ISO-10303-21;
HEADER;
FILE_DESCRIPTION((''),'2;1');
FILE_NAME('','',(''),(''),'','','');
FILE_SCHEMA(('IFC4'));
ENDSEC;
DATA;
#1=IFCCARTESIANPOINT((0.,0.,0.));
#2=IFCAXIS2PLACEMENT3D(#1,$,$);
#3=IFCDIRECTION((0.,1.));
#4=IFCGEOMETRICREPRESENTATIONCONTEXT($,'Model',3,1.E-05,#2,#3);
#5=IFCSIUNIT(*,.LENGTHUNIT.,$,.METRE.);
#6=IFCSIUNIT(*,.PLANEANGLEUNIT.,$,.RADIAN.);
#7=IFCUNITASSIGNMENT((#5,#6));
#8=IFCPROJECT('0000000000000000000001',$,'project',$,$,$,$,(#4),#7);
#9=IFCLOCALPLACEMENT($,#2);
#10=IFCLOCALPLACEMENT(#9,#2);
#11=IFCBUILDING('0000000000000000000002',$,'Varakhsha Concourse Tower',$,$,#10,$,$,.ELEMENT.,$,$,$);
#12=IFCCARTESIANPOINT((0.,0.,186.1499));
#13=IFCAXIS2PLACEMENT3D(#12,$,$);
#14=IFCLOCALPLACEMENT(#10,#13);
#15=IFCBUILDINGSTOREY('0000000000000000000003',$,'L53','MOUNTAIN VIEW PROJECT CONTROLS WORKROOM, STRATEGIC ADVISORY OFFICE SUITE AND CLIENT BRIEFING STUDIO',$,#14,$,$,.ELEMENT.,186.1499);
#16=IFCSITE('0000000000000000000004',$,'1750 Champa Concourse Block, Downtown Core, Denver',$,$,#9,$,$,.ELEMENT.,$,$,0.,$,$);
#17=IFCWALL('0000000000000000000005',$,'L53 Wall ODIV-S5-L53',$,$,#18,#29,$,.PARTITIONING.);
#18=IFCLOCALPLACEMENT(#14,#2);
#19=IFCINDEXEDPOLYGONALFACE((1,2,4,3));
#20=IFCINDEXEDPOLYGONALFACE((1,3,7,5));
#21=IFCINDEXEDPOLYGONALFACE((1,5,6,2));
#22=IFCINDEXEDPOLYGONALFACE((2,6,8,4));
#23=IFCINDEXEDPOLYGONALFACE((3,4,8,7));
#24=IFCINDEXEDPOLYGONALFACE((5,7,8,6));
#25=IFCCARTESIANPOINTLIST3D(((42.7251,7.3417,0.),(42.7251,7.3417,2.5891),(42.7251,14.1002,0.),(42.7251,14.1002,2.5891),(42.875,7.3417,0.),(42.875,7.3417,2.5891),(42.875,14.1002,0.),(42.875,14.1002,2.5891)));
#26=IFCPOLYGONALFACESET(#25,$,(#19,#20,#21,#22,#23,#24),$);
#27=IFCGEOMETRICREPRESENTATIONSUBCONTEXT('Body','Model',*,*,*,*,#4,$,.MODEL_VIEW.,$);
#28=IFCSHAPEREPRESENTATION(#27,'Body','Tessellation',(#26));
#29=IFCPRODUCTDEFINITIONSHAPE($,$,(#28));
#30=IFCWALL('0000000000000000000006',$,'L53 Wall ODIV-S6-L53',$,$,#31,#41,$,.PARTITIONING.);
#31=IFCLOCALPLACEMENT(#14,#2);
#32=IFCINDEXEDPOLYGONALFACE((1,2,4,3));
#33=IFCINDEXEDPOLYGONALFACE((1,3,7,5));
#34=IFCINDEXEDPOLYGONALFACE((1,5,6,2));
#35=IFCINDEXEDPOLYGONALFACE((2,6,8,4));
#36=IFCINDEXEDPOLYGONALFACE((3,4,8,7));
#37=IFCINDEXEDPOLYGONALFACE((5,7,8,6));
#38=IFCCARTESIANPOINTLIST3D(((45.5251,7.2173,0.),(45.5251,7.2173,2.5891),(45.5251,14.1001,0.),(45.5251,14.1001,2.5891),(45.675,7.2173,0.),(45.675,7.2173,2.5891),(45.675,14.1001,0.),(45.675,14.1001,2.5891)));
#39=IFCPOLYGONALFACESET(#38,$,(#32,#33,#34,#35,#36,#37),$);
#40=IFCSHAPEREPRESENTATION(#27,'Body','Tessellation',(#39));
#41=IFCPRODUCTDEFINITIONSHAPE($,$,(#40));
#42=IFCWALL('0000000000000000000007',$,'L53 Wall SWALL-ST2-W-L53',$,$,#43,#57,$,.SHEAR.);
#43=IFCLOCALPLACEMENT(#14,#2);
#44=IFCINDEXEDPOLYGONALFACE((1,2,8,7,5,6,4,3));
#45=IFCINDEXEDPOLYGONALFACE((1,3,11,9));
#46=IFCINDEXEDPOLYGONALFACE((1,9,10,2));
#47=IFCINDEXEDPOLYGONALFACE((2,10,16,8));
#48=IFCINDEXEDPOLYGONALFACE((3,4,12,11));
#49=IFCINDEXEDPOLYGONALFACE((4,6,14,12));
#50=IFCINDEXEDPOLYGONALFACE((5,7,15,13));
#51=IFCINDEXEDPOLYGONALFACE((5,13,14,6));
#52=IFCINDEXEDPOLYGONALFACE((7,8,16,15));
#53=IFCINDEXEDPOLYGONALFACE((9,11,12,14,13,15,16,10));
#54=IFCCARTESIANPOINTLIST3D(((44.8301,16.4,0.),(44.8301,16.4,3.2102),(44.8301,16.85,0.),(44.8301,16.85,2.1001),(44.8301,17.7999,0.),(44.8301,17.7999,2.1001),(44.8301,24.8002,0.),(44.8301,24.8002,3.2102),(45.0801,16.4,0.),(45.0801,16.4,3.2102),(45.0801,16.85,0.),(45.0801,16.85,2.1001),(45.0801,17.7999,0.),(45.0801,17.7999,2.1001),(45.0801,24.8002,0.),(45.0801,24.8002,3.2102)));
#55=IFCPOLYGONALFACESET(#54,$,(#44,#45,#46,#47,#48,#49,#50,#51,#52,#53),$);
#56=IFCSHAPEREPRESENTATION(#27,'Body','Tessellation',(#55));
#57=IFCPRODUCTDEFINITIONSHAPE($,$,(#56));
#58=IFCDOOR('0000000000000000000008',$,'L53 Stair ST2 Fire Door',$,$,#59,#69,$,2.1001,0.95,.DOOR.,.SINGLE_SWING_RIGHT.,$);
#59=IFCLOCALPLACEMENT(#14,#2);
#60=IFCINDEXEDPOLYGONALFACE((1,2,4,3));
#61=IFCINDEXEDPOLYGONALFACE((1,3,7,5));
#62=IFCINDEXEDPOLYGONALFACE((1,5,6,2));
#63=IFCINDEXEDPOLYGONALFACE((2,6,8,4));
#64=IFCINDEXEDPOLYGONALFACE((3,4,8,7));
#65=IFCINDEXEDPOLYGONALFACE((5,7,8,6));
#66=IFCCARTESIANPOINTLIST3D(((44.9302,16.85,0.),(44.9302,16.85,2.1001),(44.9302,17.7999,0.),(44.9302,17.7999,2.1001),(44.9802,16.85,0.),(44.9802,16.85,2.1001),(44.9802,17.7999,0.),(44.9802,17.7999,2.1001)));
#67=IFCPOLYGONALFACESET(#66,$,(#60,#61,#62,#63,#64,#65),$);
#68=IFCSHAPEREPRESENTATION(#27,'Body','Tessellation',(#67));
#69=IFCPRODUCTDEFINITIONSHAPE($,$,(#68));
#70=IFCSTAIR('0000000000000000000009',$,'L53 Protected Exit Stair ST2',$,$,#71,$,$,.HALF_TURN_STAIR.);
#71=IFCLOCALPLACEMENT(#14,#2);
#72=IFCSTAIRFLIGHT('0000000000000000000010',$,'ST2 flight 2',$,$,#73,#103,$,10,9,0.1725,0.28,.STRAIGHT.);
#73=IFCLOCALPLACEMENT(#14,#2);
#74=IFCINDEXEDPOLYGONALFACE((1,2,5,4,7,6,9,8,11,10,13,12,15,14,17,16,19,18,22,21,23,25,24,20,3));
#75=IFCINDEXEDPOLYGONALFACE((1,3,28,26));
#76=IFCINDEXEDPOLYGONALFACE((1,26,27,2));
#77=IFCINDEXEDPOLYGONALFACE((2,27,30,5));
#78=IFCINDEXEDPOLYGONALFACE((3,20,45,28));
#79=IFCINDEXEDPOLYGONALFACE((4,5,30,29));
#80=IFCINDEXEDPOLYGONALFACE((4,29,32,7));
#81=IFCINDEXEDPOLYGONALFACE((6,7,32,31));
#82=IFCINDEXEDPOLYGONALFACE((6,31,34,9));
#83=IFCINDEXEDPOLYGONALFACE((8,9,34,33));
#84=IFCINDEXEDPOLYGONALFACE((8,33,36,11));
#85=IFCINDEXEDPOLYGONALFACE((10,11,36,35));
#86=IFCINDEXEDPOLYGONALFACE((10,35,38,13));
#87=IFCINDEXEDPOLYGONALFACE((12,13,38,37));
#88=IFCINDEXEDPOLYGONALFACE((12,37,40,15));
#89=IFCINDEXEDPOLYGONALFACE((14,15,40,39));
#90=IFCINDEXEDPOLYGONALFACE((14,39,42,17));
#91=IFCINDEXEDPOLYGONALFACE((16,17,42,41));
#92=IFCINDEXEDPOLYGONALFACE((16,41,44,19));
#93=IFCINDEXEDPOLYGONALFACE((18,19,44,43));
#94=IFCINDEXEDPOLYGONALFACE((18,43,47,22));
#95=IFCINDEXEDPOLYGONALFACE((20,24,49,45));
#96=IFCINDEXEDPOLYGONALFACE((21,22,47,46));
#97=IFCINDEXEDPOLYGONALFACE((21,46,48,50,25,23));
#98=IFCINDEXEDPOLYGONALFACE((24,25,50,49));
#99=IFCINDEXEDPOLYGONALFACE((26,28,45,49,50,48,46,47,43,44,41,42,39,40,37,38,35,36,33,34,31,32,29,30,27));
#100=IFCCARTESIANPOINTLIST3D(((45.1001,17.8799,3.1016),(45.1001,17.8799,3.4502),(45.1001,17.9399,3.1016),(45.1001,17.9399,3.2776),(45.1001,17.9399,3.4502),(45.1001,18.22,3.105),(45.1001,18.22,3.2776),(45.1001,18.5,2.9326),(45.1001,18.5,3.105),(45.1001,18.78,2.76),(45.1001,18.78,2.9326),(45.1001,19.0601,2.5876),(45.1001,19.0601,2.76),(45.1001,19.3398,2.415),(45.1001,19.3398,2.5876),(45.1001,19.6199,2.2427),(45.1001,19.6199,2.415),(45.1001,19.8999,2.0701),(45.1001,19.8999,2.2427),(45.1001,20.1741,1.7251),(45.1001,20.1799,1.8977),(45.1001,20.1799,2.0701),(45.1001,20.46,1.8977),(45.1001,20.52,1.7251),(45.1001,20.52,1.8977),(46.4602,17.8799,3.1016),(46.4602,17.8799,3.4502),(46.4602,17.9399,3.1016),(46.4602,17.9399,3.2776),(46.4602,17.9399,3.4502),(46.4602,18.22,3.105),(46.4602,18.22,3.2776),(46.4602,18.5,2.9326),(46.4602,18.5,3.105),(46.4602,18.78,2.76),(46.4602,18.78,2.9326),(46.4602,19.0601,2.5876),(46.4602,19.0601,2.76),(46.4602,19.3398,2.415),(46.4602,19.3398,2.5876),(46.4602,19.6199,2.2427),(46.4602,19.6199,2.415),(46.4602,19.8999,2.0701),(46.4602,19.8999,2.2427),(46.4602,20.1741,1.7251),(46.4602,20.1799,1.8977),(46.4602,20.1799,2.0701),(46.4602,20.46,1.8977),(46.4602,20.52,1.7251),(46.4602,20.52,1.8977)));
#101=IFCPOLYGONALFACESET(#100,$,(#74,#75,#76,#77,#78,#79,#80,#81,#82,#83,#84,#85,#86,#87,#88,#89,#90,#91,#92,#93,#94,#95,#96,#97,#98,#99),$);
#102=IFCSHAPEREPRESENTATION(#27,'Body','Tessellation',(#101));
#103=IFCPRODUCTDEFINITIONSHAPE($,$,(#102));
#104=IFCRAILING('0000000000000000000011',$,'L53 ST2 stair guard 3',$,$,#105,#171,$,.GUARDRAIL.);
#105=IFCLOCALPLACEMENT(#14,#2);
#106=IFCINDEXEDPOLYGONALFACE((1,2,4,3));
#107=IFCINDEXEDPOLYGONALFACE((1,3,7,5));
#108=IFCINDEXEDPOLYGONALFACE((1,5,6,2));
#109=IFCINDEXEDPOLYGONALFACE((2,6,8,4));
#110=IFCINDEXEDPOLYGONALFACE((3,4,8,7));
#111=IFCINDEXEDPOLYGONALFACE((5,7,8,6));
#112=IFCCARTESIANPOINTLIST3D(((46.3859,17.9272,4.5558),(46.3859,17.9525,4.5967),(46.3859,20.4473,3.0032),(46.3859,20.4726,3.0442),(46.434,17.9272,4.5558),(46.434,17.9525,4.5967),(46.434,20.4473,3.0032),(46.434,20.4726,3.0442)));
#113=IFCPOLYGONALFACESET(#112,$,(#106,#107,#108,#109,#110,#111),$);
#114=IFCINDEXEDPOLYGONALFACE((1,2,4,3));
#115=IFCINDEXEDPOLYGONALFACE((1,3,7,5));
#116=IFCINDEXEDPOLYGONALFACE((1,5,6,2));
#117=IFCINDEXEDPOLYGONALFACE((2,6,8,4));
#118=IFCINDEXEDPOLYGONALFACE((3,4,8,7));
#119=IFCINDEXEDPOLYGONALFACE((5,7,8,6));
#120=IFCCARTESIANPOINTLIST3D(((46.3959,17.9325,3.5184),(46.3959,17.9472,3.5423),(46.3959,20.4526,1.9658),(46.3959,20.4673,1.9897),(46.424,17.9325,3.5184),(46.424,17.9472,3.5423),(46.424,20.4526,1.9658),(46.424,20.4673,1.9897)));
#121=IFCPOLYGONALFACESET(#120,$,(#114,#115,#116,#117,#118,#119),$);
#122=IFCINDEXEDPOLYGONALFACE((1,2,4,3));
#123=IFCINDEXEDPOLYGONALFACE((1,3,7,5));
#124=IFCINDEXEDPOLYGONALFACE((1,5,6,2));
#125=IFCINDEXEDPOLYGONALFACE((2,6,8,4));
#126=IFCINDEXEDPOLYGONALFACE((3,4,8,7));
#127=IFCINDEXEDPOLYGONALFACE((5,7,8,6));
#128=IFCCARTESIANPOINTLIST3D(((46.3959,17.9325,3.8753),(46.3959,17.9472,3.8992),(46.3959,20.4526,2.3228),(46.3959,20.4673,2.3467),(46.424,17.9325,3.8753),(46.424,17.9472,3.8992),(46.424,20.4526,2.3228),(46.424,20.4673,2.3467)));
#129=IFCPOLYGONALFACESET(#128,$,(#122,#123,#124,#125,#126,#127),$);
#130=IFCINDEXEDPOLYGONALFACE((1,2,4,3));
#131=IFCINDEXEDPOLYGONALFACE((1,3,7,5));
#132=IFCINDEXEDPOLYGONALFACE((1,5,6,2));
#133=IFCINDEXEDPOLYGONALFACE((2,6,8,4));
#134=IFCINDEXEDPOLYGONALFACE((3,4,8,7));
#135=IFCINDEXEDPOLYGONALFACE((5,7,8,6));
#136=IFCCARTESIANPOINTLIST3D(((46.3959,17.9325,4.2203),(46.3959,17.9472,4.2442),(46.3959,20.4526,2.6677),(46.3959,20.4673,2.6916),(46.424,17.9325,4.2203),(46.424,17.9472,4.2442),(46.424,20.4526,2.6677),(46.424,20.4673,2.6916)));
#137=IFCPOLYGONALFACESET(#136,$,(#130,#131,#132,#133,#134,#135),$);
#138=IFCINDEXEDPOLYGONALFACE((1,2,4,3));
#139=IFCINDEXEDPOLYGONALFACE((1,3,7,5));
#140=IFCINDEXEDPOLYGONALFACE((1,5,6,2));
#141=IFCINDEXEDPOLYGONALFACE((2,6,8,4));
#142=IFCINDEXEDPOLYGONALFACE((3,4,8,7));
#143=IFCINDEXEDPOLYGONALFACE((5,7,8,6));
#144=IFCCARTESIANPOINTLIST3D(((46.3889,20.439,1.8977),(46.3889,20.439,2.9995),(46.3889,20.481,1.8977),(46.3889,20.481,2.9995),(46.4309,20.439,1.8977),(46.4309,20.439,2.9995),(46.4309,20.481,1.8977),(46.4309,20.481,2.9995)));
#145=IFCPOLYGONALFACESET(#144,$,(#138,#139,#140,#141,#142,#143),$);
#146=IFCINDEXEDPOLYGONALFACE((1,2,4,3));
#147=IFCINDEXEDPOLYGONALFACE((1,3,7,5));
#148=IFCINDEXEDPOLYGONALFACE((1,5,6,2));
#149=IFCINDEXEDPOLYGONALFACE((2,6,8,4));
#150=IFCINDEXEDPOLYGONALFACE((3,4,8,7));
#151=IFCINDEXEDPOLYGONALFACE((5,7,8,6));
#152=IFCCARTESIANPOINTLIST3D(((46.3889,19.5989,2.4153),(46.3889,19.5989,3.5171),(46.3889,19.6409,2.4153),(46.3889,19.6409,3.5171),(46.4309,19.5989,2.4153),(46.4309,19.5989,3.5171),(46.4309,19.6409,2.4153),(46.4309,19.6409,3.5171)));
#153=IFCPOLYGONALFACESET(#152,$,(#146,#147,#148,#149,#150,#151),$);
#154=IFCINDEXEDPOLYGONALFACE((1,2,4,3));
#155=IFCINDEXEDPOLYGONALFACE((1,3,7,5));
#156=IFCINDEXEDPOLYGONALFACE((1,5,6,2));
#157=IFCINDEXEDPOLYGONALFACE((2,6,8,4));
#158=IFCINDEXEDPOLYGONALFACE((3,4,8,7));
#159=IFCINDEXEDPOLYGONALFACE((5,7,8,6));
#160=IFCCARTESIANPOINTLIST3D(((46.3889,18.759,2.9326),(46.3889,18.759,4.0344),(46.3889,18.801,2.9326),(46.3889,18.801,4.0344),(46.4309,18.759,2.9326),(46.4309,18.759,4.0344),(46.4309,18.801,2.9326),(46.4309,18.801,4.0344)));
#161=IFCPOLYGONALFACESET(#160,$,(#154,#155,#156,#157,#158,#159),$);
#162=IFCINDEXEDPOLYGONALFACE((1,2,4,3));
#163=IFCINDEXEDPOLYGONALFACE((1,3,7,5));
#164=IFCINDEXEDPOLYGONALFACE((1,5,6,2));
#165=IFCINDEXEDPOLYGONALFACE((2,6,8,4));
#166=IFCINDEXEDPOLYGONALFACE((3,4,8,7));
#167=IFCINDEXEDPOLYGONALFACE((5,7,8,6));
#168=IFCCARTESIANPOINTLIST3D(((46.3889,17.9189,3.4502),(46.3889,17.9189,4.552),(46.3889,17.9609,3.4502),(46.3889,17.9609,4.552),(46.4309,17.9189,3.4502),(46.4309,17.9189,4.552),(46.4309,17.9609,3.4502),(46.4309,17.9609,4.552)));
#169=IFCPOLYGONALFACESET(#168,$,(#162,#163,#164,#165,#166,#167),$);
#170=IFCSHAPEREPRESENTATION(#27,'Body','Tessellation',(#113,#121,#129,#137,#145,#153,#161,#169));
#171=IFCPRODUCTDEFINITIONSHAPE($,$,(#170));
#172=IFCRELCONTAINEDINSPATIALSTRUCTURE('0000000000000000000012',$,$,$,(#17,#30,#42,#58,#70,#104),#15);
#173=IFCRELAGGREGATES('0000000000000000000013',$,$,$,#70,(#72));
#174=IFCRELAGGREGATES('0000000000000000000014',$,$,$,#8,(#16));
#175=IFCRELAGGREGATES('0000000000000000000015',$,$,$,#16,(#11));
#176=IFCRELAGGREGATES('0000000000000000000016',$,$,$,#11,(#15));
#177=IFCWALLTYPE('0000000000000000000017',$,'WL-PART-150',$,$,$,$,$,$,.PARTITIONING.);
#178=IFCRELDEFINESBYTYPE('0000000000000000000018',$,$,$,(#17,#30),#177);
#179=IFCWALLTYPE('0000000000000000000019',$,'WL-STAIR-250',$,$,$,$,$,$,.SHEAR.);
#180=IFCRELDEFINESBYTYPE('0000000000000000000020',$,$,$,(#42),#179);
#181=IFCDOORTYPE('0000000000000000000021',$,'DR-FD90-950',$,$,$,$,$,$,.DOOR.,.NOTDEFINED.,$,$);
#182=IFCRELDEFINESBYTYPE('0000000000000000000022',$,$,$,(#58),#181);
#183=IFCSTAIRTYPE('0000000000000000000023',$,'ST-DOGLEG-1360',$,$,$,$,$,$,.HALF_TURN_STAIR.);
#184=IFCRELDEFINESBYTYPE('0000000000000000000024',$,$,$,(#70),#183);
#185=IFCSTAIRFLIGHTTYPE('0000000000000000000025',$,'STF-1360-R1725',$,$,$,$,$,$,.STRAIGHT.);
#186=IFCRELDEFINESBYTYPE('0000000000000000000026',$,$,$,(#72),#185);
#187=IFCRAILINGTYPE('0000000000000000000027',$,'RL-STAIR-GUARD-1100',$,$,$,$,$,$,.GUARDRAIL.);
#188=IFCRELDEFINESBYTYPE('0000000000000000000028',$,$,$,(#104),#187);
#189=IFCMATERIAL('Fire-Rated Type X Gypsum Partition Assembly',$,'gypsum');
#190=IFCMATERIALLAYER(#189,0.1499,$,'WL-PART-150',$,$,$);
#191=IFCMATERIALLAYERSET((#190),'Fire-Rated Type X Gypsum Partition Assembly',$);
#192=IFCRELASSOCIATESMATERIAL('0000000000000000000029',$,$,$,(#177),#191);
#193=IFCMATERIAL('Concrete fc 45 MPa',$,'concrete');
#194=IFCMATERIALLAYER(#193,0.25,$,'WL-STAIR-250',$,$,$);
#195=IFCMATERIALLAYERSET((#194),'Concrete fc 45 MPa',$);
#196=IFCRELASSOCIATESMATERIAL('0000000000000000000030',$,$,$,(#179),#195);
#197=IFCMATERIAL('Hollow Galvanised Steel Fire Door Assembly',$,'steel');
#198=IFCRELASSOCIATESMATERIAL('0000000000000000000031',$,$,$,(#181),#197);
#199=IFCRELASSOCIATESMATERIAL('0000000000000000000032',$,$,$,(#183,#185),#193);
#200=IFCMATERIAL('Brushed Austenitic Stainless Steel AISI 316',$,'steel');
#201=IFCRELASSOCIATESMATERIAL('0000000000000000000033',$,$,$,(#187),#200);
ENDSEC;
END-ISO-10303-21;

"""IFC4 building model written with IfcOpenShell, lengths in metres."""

from ifc_helpers import new_model, si_unit, direction, frame, frame_2d, origin, origin_2d, place, context, subcontext, project, spatial, polyline, rectangle, outline, extrude, material, layer, layer_set, type_object, element, fill, aggregate, save


model = new_model("IFC4")

# Units and contexts
model_context = context("Model", 3, precision=1e-05, world=origin(), true_north=direction((0.0, 1.0)))
body_context = subcontext(model_context, "Body", "Model", "MODEL_VIEW")
ifc_project = project(units=[si_unit("LENGTHUNIT", "METRE"), si_unit("PLANEANGLEUNIT", "RADIAN")], contexts=[model_context])

# Site, building, storey
site_placement = place(None, origin())
site = spatial("IfcSite", under=ifc_project, at=site_placement, Name="1750 Champa Concourse Block, Downtown Core, Denver", CompositionType="ELEMENT", RefElevation=0.0)
building_placement = place(site_placement, origin())
building = spatial("IfcBuilding", under=site, at=building_placement, Name="Varakhsha Concourse Tower", CompositionType="ELEMENT")
storey_placement = place(building_placement, frame((0.0, 0.0, 186.1499)))
storey = spatial("IfcBuildingStorey", under=building, at=storey_placement, Name="L53", Description="MOUNTAIN VIEW PROJECT CONTROLS WORKROOM, STRATEGIC ADVISORY OFFICE SUITE AND CLIENT BRIEFING STUDIO", CompositionType="ELEMENT", Elevation=186.1499)

# Shared definitions
ifc_material_1 = material(Name="Fire-Rated Type X Gypsum Partition Assembly", Category="gypsum")
ifc_material_2 = material(Name="Hollow Galvanised Steel Fire Door Assembly", Category="steel")

# Walls
ifc_layer_1 = layer(ifc_material_1, 0.1499, Name="WL-PART-150")
ifc_layer_set_1 = layer_set([ifc_layer_1], Name="Fire-Rated Type X Gypsum Partition Assembly")
wall_type_1 = type_object("IfcWallType", Name="WL-PART-150", PredefinedType="PARTITIONING", material=ifc_layer_set_1)
wall_1_placement = place(storey_placement, frame((42.8, 7.3416, 0.0), z_axis=(0.0, 0.0, 1.0), x_axis=(0.0, 1.0, 0.0)))
element("IfcWall", 1, at=wall_1_placement, inside=storey, type_object=wall_type_1, Name="L53 Wall ODIV-S5-L53", PredefinedType="PARTITIONING", context=body_context, shape_type="SweptSolid", body=[
    extrude(rectangle(XDim=6.7585, YDim=0.1499, at=frame_2d((3.3794, 0.0))), origin(), (0.0, 0.0, 1.0), 2.5891),
])
wall_2_placement = place(storey_placement, frame((45.6001, 7.2173, 0.0), z_axis=(0.0, 0.0, 1.0), x_axis=(0.0, 1.0, 0.0)))
element("IfcWall", 2, at=wall_2_placement, inside=storey, type_object=wall_type_1, Name="L53 Wall ODIV-S6-L53", PredefinedType="PARTITIONING", context=body_context, shape_type="SweptSolid", body=[
    extrude(rectangle(XDim=6.8828, YDim=0.1499, at=frame_2d((3.4414, 0.0))), origin(), (0.0, 0.0, 1.0), 2.5891),
])

# Wall, opening, door
ifc_material_3 = material(Name="Concrete fc 45 MPa", Category="concrete")
ifc_layer_2 = layer(ifc_material_3, 0.25, Name="WL-STAIR-250")
ifc_layer_set_2 = layer_set([ifc_layer_2], Name="Concrete fc 45 MPa")
wall_type_2 = type_object("IfcWallType", Name="WL-STAIR-250", PredefinedType="SHEAR", material=ifc_layer_set_2)
wall_3_placement = place(storey_placement, frame((44.9551, 16.3999, 0.0), z_axis=(0.0, 0.0, 1.0), x_axis=(0.0, 1.0, 0.0)))
wall_3 = element("IfcWall", 3, at=wall_3_placement, inside=storey, type_object=wall_type_2, Name="L53 Wall SWALL-ST2-W-L53", PredefinedType="SHEAR", context=body_context, shape_type="SweptSolid", body=[
    extrude(rectangle(XDim=8.4001, YDim=0.25, at=frame_2d((4.2002, 0.0))), origin(), (0.0, 0.0, 1.0), 3.2102),
])
opening_1_placement = place(wall_3_placement, frame((0.45, 0.0, 0.0)))
opening_1 = element("IfcOpeningElement", 4, at=opening_1_placement, cuts=wall_3, PredefinedType="OPENING", context=body_context, shape_type="SweptSolid", body=[
    extrude(rectangle(XDim=0.95, YDim=2.1001, at=frame_2d((0.4751, 1.05))), frame((0.0, 0.135, 0.0), z_axis=(0.0, -1.0, 0.0), x_axis=(1.0, 0.0, 0.0)), (0.0, 0.0, 1.0), 0.27),
])
door_type_1 = type_object("IfcDoorType", Name="DR-FD90-950", OperationType="NOTDEFINED", PredefinedType="DOOR", material=ifc_material_2)
door_1_placement = place(opening_1_placement, origin())
door_1 = element("IfcDoor", 5, at=door_1_placement, inside=storey, type_object=door_type_1, Name="L53 Stair ST2 Fire Door", OperationType="SINGLE_SWING_RIGHT", OverallHeight=2.1001, OverallWidth=0.95, PredefinedType="DOOR", context=body_context, shape_type="SweptSolid", body=[
    extrude(rectangle(XDim=0.95, YDim=2.1001, at=frame_2d((0.4751, 1.05))), frame((0.0, 0.0249, 0.0), z_axis=(0.0, -1.0, 0.0), x_axis=(1.0, 0.0, 0.0)), (0.0, 0.0, 1.0), 0.05),
])
fill(opening_1, door_1)

# Stair, stair flight
stair_type = type_object("IfcStairType", Name="ST-DOGLEG-1360", PredefinedType="HALF_TURN_STAIR", material=ifc_material_3)
stair_placement = place(storey_placement, origin())
stair = element("IfcStair", 6, at=stair_placement, inside=storey, type_object=stair_type, Name="L53 Protected Exit Stair ST2", PredefinedType="HALF_TURN_STAIR")
stair_flight_type = type_object("IfcStairFlightType", Name="STF-1360-R1725", PredefinedType="STRAIGHT", material=ifc_material_3)
stair_flight_placement = place(storey_placement, frame((45.78, 20.46, 1.7251), z_axis=(0.0, 0.0, 1.0), x_axis=(0.0, -1.0, 0.0)))
stair_flight = element("IfcStairFlight", 7, at=stair_flight_placement, type_object=stair_flight_type, Name="ST2 flight 2", NumberOfRisers=10, NumberOfTreads=9, PredefinedType="STRAIGHT", RiserHeight=0.1725, TreadLength=0.28, context=body_context, shape_type="SweptSolid", body=[
    extrude(outline(polyline([(-0.0601, 0.0), (-0.0601, 0.1726), (0.0, 0.1726), (0.28, 0.1726), (0.28, 0.345), (0.5601, 0.345), (0.5601, 0.5176), (0.8401, 0.5176), (0.8401, 0.6899), (1.1201, 0.6899), (1.1201, 0.8625), (1.3999, 0.8625), (1.3999, 1.0349), (1.6799, 1.0349), (1.6799, 1.2075), (1.96, 1.2075), (1.96, 1.3799), (2.24, 1.3799), (2.24, 1.5525), (2.52, 1.5525), (2.52, 1.7251), (2.5801, 1.7251), (2.5801, 1.3765), (2.52, 1.3765), (0.2859, 0.0), (-0.0601, 0.0)])), frame((0.0, 0.6802, 0.0), z_axis=(0.0, -1.0, 0.0), x_axis=(1.0, 0.0, 0.0)), (0.0, 0.0, 1.0), 1.3601),
])
aggregate(stair, [stair_flight])

# Railing
ifc_material_4 = material(Name="Brushed Austenitic Stainless Steel AISI 316", Category="steel")
railing_type_1 = type_object("IfcRailingType", Name="RL-STAIR-GUARD-1100", PredefinedType="GUARDRAIL", material=ifc_material_4)
railing_1_placement = place(storey_placement, frame((46.4099, 20.46, 1.8977)))
element("IfcRailing", 8, at=railing_1_placement, inside=storey, type_object=railing_type_1, Name="L53 ST2 stair guard 3", PredefinedType="GUARDRAIL", context=body_context, shape_type="SweptSolid", body=[
    extrude(rectangle(XDim=0.0481, YDim=0.0481, at=origin_2d()), frame((0.0, 0.0, 1.126), z_axis=(0.0, -0.8514, 0.524516), x_axis=(1.0, 0.0, 0.0)), (0.0, 0.0, 1.0), 2.96),
    extrude(rectangle(XDim=0.0281, YDim=0.0281, at=origin_2d()), frame((0.0, 0.0, 0.0801), z_axis=(0.0, -0.8514, 0.524516), x_axis=(1.0, 0.0, 0.0)), (0.0, 0.0, 1.0), 2.96),
    extrude(rectangle(XDim=0.0281, YDim=0.0281, at=origin_2d()), frame((0.0, 0.0, 0.437), z_axis=(0.0, -0.8514, 0.524516), x_axis=(1.0, 0.0, 0.0)), (0.0, 0.0, 1.0), 2.96),
    extrude(rectangle(XDim=0.0281, YDim=0.0281, at=origin_2d()), frame((0.0, 0.0, 0.782), z_axis=(0.0, -0.8514, 0.524516), x_axis=(1.0, 0.0, 0.0)), (0.0, 0.0, 1.0), 2.96),
    extrude(rectangle(XDim=0.042, YDim=0.042, at=origin_2d()), origin(), (0.0, 0.0, 1.0), 1.1018),
    extrude(rectangle(XDim=0.042, YDim=0.042, at=origin_2d()), frame((0.0, -0.8401, 0.5176)), (0.0, 0.0, 1.0), 1.1018),
    extrude(rectangle(XDim=0.042, YDim=0.042, at=origin_2d()), frame((0.0, -1.6799, 1.0349)), (0.0, 0.0, 1.0), 1.1018),
    extrude(rectangle(XDim=0.042, YDim=0.042, at=origin_2d()), frame((0.0, -2.52, 1.5525)), (0.0, 0.0, 1.0), 1.1018),
])

save(model, "model.ifc")
